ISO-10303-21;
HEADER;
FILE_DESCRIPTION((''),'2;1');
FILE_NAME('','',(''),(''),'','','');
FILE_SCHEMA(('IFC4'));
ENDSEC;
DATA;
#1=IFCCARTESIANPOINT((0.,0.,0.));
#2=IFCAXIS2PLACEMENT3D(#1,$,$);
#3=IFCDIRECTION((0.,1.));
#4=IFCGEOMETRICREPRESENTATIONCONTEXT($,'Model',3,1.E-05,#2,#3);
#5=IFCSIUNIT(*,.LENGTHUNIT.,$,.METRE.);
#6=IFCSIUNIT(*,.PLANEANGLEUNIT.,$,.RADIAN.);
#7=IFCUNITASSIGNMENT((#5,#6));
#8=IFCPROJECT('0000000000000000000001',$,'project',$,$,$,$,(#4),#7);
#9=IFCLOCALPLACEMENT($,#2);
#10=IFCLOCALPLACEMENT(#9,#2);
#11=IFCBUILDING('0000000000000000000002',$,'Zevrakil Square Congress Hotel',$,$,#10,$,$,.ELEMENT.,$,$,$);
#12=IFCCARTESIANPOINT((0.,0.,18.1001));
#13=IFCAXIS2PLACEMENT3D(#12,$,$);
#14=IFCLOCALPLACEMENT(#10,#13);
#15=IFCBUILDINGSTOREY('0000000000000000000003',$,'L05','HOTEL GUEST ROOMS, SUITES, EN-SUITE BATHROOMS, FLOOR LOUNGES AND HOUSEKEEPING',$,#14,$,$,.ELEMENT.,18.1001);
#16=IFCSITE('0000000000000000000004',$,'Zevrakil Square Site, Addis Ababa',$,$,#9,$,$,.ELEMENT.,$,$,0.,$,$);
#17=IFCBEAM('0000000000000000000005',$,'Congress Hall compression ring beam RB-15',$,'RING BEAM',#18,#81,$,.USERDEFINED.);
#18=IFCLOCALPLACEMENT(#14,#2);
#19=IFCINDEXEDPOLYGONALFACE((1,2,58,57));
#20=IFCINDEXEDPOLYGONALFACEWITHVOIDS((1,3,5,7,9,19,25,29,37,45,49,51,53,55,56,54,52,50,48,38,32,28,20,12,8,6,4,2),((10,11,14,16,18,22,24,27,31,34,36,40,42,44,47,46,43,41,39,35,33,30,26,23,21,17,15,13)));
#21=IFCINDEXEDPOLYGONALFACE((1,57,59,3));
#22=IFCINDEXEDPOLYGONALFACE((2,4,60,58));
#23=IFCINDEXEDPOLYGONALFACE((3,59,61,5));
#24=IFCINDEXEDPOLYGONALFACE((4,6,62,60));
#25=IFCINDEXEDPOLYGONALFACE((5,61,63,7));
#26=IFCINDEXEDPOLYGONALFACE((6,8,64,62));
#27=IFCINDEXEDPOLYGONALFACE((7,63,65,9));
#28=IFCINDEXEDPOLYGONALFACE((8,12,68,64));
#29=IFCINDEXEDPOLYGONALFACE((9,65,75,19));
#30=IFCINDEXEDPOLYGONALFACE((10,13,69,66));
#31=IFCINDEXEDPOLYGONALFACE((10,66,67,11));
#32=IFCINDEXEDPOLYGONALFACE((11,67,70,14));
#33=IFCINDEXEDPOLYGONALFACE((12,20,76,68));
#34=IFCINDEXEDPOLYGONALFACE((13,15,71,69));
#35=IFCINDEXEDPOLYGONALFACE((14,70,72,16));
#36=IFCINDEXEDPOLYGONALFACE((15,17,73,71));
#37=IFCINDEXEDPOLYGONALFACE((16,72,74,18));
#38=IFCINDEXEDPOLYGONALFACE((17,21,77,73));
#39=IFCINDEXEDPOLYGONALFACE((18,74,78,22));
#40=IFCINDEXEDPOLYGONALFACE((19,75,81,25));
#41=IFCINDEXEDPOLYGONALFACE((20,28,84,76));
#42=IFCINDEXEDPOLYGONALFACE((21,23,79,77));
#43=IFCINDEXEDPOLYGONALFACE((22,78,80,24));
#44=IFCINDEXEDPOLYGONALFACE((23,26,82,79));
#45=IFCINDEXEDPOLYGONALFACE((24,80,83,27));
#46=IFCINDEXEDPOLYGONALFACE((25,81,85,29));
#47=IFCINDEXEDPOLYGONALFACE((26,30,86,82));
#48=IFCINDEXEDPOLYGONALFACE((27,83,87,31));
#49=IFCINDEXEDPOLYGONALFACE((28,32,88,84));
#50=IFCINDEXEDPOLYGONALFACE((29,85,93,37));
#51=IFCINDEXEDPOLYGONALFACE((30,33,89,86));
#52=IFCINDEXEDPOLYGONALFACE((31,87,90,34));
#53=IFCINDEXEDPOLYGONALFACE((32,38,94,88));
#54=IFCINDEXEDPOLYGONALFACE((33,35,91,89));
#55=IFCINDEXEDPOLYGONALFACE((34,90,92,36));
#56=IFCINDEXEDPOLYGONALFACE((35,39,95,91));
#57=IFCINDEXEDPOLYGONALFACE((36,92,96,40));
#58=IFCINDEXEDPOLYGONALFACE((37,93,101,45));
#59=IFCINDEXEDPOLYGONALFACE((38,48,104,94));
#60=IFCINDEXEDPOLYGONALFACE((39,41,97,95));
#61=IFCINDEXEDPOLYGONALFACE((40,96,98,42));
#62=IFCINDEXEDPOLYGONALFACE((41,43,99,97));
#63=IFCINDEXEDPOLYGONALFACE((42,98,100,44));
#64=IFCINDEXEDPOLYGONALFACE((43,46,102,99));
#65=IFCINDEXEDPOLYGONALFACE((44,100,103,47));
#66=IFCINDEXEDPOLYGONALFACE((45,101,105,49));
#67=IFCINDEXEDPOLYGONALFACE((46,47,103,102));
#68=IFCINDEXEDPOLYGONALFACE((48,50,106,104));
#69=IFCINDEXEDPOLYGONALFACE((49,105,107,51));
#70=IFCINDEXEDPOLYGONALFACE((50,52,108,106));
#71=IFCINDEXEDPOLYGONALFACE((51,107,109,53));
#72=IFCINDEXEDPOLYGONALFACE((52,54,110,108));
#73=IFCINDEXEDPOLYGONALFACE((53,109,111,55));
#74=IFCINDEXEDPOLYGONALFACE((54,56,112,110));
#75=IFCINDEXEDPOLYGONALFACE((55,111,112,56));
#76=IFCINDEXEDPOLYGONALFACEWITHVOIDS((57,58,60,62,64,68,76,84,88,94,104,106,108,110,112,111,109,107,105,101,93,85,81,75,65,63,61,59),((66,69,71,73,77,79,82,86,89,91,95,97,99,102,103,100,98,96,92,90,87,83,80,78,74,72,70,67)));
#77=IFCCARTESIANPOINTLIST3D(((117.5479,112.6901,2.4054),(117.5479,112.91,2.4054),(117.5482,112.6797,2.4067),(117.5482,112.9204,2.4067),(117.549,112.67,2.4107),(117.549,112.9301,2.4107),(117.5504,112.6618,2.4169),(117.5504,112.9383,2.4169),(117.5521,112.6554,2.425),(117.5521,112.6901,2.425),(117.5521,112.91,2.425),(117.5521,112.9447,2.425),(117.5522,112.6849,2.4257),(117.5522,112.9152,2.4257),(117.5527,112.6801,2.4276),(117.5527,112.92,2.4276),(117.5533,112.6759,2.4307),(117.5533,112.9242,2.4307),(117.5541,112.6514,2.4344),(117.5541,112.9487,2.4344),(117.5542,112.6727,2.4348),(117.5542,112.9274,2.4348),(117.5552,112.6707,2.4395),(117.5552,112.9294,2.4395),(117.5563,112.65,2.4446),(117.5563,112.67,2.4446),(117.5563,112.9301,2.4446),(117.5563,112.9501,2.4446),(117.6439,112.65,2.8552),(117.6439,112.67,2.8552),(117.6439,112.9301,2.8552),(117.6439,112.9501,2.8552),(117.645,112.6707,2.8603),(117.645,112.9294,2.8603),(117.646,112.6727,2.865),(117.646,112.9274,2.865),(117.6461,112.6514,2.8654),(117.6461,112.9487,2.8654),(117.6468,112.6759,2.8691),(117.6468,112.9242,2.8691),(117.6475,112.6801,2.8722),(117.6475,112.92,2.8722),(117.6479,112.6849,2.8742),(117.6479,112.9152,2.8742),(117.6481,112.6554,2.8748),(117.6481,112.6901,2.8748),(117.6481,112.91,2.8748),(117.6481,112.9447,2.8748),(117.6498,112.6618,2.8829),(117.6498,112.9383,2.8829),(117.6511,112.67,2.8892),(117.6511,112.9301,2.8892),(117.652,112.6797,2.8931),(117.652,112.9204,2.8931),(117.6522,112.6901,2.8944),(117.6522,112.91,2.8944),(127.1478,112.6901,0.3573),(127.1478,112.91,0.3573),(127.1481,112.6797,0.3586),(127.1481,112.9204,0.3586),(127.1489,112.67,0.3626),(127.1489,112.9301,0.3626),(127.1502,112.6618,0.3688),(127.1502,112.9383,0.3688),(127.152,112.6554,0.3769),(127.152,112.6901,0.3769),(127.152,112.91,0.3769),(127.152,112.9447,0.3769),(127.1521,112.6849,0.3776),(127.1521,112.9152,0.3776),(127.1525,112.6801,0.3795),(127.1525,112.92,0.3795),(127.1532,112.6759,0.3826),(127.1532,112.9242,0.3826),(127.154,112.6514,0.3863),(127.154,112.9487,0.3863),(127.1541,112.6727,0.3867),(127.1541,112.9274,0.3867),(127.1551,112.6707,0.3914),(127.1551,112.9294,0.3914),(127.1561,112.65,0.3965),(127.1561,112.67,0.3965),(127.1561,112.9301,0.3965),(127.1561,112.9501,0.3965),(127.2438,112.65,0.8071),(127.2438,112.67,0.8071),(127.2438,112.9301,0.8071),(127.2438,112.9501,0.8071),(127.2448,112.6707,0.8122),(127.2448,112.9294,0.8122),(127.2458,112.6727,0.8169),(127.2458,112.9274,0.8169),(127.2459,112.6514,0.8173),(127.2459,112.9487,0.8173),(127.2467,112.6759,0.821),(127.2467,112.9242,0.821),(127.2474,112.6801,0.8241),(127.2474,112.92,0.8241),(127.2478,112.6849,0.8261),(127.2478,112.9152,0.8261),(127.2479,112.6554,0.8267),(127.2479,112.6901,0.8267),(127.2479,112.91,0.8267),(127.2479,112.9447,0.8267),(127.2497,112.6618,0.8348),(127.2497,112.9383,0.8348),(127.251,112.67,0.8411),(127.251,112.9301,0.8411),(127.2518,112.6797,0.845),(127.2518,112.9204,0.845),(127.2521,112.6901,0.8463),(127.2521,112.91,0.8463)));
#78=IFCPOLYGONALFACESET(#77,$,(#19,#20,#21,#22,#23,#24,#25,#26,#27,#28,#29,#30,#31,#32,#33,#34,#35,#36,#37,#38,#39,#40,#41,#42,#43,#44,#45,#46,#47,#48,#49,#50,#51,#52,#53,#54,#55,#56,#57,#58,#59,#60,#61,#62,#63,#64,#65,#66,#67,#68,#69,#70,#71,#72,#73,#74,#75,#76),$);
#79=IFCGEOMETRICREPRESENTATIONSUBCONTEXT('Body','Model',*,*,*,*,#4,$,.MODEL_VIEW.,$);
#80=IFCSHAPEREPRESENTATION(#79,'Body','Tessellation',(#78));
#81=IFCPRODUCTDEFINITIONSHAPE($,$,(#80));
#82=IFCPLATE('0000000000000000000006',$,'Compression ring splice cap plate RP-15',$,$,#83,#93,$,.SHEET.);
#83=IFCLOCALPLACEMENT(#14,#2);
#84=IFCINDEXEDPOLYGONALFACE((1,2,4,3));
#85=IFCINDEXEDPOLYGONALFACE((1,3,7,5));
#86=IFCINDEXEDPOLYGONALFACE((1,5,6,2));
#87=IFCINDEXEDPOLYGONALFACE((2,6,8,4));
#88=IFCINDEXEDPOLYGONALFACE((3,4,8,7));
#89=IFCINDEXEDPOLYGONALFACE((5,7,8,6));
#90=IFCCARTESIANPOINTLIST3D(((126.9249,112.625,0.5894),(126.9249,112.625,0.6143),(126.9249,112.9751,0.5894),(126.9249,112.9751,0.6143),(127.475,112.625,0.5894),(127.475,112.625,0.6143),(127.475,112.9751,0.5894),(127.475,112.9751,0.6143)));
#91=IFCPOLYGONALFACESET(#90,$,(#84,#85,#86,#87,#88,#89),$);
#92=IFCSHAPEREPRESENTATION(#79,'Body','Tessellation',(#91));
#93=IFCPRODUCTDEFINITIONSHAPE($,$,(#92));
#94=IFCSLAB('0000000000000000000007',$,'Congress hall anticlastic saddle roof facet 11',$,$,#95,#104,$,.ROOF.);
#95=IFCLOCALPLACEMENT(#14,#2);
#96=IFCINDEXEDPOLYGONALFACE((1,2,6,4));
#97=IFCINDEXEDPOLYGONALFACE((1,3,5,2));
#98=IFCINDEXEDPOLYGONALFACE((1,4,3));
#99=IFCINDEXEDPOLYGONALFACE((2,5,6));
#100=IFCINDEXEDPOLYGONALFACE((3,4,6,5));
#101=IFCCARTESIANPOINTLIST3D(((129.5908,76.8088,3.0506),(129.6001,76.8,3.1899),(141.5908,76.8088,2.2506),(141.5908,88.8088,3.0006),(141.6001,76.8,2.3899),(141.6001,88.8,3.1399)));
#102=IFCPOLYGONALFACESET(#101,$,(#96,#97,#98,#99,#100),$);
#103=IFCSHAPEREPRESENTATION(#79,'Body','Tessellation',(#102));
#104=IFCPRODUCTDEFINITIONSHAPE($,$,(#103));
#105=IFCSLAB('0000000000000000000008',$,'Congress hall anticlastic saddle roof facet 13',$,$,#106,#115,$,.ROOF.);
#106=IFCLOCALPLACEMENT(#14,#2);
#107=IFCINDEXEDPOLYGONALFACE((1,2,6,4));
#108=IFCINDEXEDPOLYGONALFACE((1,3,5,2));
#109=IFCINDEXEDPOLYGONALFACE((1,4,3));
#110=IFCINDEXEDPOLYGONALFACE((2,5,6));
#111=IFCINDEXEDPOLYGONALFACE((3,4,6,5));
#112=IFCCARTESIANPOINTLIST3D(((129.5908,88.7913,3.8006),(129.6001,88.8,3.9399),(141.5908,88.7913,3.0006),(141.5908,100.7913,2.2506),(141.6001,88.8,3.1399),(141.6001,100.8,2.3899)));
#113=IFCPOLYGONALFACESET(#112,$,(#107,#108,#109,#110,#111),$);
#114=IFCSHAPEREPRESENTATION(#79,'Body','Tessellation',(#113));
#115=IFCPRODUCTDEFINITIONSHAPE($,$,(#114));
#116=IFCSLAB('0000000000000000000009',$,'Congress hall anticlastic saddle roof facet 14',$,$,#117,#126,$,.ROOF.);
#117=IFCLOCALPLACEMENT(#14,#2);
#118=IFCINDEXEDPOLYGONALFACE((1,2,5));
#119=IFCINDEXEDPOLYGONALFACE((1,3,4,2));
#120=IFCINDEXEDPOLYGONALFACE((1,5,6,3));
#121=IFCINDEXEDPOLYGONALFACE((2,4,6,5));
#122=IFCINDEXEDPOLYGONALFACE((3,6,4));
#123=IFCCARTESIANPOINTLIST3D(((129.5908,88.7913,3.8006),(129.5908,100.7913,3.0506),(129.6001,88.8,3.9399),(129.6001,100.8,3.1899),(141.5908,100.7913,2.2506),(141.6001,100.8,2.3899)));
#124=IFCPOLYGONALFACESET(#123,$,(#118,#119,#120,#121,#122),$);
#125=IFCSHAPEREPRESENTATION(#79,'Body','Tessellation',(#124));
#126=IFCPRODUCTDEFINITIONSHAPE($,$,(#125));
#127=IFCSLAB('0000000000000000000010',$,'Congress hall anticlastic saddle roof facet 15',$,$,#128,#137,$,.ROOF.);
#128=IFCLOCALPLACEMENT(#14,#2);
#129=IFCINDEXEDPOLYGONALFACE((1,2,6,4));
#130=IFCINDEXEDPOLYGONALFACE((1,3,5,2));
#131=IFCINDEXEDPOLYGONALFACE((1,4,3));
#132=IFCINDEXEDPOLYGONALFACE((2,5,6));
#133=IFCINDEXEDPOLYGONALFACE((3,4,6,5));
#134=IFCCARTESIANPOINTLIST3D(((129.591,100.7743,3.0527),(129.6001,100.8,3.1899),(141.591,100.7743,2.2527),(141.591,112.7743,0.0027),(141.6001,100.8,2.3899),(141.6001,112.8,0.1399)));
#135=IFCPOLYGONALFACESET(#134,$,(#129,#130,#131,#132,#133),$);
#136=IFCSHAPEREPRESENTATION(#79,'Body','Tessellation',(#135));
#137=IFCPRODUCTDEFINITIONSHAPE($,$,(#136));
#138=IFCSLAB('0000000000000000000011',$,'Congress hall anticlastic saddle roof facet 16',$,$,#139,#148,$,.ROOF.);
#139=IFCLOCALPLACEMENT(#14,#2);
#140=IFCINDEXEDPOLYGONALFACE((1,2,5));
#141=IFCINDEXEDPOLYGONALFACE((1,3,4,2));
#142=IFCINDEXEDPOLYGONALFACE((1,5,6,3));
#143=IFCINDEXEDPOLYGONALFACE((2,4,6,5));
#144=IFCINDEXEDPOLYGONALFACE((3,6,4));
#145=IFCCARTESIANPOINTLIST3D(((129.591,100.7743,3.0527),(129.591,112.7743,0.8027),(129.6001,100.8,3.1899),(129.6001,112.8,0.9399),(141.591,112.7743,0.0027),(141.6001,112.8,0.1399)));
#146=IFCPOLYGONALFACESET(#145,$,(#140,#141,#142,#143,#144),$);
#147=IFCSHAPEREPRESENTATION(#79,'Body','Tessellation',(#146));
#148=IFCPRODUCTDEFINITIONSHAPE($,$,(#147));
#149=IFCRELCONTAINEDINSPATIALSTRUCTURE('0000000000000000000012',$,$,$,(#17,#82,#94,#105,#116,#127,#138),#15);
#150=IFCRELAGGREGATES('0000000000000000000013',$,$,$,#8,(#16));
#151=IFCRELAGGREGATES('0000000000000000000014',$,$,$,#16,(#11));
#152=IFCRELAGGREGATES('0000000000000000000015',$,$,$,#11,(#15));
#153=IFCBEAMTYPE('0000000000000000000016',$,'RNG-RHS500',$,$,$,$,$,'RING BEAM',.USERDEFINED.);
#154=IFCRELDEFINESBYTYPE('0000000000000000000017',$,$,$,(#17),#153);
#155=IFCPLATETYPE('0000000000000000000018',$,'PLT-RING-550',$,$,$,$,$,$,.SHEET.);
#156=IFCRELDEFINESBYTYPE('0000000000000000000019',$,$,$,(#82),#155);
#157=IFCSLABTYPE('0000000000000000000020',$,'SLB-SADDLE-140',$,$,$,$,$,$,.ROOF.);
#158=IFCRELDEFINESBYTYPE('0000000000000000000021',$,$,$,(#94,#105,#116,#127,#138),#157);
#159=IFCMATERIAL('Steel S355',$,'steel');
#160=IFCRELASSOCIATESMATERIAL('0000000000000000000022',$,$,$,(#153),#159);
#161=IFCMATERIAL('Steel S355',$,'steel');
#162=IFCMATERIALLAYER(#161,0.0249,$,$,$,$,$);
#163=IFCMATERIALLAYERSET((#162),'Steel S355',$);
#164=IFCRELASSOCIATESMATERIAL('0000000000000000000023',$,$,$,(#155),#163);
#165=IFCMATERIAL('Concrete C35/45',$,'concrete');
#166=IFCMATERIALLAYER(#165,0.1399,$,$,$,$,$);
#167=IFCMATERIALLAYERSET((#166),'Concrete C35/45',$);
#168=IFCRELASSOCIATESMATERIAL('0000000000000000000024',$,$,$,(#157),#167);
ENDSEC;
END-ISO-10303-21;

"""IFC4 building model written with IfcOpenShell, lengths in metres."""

from ifc_helpers import new_model, si_unit, direction, frame, origin, origin_2d, place, context, subcontext, project, spatial, polyline, rectangle, hollow_rectangle, outline, extrude, material, layer, layer_set, material_profile, profile_set, type_object, element, save


model = new_model("IFC4")

# Units and contexts
model_context = context("Model", 3, precision=1e-05, world=origin(), true_north=direction((0.0, 1.0)))
body_context = subcontext(model_context, "Body", "Model", "MODEL_VIEW")
ifc_project = project(units=[si_unit("LENGTHUNIT", "METRE"), si_unit("PLANEANGLEUNIT", "RADIAN")], contexts=[model_context])

# Site, building, storey
site_placement = place(None, origin())
site = spatial("IfcSite", under=ifc_project, at=site_placement, Name="Zevrakil Square Site, Addis Ababa", CompositionType="ELEMENT", RefElevation=0.0)
building_placement = place(site_placement, origin())
building = spatial("IfcBuilding", under=site, at=building_placement, Name="Zevrakil Square Congress Hotel", CompositionType="ELEMENT")
storey_placement = place(building_placement, frame((0.0, 0.0, 18.1001)))
storey = spatial("IfcBuildingStorey", under=building, at=storey_placement, Name="L05", Description="HOTEL GUEST ROOMS, SUITES, EN-SUITE BATHROOMS, FLOOR LOUNGES AND HOUSEKEEPING", CompositionType="ELEMENT", Elevation=18.1001)

# Beam
ifc_material_1 = material(Name="Steel S355", Category="steel")
ifc_material_profile_1 = material_profile(ifc_material_1, hollow_rectangle(XDim=0.3, YDim=0.5, WallThickness=0.02, InnerFilletRadius=0.02, OuterFilletRadius=0.04, at=origin_2d()), Name="RHS 500x300x20")
ifc_profile_set_1 = profile_set([ifc_material_profile_1], Name="Steel S355")
beam_type = type_object("IfcBeamType", Name="RNG-RHS500", ElementType="RING BEAM", PredefinedType="USERDEFINED", material=ifc_profile_set_1)
beam_placement = place(storey_placement, frame((127.2, 112.8, 0.6018), z_axis=(-0.97799, 0.0, 0.208651), x_axis=(0.0, -1.0, 0.0)))
element("IfcBeam", 1, at=beam_placement, inside=storey, type_object=beam_type, Name="Congress Hall compression ring beam RB-15", ObjectType="RING BEAM", PredefinedType="USERDEFINED", context=body_context, shape_type="SweptSolid", body=[
    extrude(hollow_rectangle(XDim=0.3, YDim=0.5, WallThickness=0.02, InnerFilletRadius=0.02, OuterFilletRadius=0.04, at=origin_2d()), origin(), (0.0, 0.0, 1.0), 9.8159),
])

# Plate
ifc_material_2 = material(Name="Steel S355", Category="steel")
ifc_layer_1 = layer(ifc_material_2, 0.0249)
ifc_layer_set_1 = layer_set([ifc_layer_1], Name="Steel S355")
plate_type = type_object("IfcPlateType", Name="PLT-RING-550", PredefinedType="SHEET", material=ifc_layer_set_1)
plate_placement = place(storey_placement, frame((127.2, 112.8, 0.5894), z_axis=(0.0, 0.0, 1.0), x_axis=(1.0, 0.0, 0.0)))
element("IfcPlate", 2, at=plate_placement, inside=storey, type_object=plate_type, Name="Compression ring splice cap plate RP-15", PredefinedType="SHEET", context=body_context, shape_type="SweptSolid", body=[
    extrude(rectangle(XDim=0.55, YDim=0.3501, at=origin_2d()), origin(), (0.0, 0.0, 1.0), 0.0249),
])

# Slabs
ifc_material_3 = material(Name="Concrete C35/45", Category="concrete")
ifc_layer_2 = layer(ifc_material_3, 0.1399)
ifc_layer_set_2 = layer_set([ifc_layer_2], Name="Concrete C35/45")
slab_type = type_object("IfcSlabType", Name="SLB-SADDLE-140", PredefinedType="ROOF", material=ifc_layer_set_2)
slab_1_placement = place(storey_placement, frame((129.6001, 76.8, 3.1899), z_axis=(0.066394, -0.062241, 0.99585), x_axis=(0.997785, 0.0, -0.066523)))
element("IfcSlab", 3, at=slab_1_placement, inside=storey, type_object=slab_type, Name="Congress hall anticlastic saddle roof facet 11", PredefinedType="ROOF", context=body_context, shape_type="SweptSolid", body=[
    extrude(outline(polyline([(0.0, 0.0), (12.0266, 0.0), (11.9767, 12.0233), (0.0, 0.0)])), origin(), (0.0, 0.0, -1.0), 0.1399),
])
slab_2_placement = place(storey_placement, frame((129.6001, 88.8, 3.9399), z_axis=(0.066394, 0.062241, 0.99585), x_axis=(0.997785, 0.0, -0.066523)))
element("IfcSlab", 4, at=slab_2_placement, inside=storey, type_object=slab_type, Name="Congress hall anticlastic saddle roof facet 13", PredefinedType="ROOF", context=body_context, shape_type="SweptSolid", body=[
    extrude(outline(polyline([(0.0, 0.0), (12.0266, 0.0), (12.0765, 12.0233), (0.0, 0.0)])), origin(), (0.0, 0.0, -1.0), 0.1399),
])
slab_3_placement = place(storey_placement, frame((129.6001, 88.8, 3.9399), z_axis=(0.066394, 0.062241, 0.99585), x_axis=(0.704176, 0.704176, -0.090959)))
element("IfcSlab", 5, at=slab_3_placement, inside=storey, type_object=slab_type, Name="Congress hall anticlastic saddle roof facet 14", PredefinedType="ROOF", context=body_context, shape_type="SweptSolid", body=[
    extrude(outline(polyline([(0.0, 0.0), (17.0412, 0.0), (8.5183, 8.4853), (0.0, 0.0)])), origin(), (0.0, 0.0, -1.0), 0.1399),
])
slab_4_placement = place(storey_placement, frame((129.6001, 100.8, 3.1899), z_axis=(0.065389, 0.183894, 0.980769), x_axis=(0.997785, 0.0, -0.066523)))
element("IfcSlab", 6, at=slab_4_placement, inside=storey, type_object=slab_type, Name="Congress hall anticlastic saddle roof facet 15", PredefinedType="ROOF", context=body_context, shape_type="SweptSolid", body=[
    extrude(outline(polyline([(0.0, 0.0), (12.0266, 0.0), (12.1763, 12.2082), (0.0, 0.0)])), origin(), (0.0, 0.0, -1.0), 0.1399),
])
slab_5_placement = place(storey_placement, frame((129.6001, 100.8, 3.1899), z_axis=(0.065389, 0.183894, 0.980769), x_axis=(0.695956, 0.695956, -0.176892)))
element("IfcSlab", 7, at=slab_5_placement, inside=storey, type_object=slab_type, Name="Congress hall anticlastic saddle roof facet 16", PredefinedType="ROOF", context=body_context, shape_type="SweptSolid", body=[
    extrude(outline(polyline([(0.0, 0.0), (17.2425, 0.0), (8.7495, 8.5152), (0.0, 0.0)])), origin(), (0.0, 0.0, -1.0), 0.1399),
])

save(model, "model.ifc")
